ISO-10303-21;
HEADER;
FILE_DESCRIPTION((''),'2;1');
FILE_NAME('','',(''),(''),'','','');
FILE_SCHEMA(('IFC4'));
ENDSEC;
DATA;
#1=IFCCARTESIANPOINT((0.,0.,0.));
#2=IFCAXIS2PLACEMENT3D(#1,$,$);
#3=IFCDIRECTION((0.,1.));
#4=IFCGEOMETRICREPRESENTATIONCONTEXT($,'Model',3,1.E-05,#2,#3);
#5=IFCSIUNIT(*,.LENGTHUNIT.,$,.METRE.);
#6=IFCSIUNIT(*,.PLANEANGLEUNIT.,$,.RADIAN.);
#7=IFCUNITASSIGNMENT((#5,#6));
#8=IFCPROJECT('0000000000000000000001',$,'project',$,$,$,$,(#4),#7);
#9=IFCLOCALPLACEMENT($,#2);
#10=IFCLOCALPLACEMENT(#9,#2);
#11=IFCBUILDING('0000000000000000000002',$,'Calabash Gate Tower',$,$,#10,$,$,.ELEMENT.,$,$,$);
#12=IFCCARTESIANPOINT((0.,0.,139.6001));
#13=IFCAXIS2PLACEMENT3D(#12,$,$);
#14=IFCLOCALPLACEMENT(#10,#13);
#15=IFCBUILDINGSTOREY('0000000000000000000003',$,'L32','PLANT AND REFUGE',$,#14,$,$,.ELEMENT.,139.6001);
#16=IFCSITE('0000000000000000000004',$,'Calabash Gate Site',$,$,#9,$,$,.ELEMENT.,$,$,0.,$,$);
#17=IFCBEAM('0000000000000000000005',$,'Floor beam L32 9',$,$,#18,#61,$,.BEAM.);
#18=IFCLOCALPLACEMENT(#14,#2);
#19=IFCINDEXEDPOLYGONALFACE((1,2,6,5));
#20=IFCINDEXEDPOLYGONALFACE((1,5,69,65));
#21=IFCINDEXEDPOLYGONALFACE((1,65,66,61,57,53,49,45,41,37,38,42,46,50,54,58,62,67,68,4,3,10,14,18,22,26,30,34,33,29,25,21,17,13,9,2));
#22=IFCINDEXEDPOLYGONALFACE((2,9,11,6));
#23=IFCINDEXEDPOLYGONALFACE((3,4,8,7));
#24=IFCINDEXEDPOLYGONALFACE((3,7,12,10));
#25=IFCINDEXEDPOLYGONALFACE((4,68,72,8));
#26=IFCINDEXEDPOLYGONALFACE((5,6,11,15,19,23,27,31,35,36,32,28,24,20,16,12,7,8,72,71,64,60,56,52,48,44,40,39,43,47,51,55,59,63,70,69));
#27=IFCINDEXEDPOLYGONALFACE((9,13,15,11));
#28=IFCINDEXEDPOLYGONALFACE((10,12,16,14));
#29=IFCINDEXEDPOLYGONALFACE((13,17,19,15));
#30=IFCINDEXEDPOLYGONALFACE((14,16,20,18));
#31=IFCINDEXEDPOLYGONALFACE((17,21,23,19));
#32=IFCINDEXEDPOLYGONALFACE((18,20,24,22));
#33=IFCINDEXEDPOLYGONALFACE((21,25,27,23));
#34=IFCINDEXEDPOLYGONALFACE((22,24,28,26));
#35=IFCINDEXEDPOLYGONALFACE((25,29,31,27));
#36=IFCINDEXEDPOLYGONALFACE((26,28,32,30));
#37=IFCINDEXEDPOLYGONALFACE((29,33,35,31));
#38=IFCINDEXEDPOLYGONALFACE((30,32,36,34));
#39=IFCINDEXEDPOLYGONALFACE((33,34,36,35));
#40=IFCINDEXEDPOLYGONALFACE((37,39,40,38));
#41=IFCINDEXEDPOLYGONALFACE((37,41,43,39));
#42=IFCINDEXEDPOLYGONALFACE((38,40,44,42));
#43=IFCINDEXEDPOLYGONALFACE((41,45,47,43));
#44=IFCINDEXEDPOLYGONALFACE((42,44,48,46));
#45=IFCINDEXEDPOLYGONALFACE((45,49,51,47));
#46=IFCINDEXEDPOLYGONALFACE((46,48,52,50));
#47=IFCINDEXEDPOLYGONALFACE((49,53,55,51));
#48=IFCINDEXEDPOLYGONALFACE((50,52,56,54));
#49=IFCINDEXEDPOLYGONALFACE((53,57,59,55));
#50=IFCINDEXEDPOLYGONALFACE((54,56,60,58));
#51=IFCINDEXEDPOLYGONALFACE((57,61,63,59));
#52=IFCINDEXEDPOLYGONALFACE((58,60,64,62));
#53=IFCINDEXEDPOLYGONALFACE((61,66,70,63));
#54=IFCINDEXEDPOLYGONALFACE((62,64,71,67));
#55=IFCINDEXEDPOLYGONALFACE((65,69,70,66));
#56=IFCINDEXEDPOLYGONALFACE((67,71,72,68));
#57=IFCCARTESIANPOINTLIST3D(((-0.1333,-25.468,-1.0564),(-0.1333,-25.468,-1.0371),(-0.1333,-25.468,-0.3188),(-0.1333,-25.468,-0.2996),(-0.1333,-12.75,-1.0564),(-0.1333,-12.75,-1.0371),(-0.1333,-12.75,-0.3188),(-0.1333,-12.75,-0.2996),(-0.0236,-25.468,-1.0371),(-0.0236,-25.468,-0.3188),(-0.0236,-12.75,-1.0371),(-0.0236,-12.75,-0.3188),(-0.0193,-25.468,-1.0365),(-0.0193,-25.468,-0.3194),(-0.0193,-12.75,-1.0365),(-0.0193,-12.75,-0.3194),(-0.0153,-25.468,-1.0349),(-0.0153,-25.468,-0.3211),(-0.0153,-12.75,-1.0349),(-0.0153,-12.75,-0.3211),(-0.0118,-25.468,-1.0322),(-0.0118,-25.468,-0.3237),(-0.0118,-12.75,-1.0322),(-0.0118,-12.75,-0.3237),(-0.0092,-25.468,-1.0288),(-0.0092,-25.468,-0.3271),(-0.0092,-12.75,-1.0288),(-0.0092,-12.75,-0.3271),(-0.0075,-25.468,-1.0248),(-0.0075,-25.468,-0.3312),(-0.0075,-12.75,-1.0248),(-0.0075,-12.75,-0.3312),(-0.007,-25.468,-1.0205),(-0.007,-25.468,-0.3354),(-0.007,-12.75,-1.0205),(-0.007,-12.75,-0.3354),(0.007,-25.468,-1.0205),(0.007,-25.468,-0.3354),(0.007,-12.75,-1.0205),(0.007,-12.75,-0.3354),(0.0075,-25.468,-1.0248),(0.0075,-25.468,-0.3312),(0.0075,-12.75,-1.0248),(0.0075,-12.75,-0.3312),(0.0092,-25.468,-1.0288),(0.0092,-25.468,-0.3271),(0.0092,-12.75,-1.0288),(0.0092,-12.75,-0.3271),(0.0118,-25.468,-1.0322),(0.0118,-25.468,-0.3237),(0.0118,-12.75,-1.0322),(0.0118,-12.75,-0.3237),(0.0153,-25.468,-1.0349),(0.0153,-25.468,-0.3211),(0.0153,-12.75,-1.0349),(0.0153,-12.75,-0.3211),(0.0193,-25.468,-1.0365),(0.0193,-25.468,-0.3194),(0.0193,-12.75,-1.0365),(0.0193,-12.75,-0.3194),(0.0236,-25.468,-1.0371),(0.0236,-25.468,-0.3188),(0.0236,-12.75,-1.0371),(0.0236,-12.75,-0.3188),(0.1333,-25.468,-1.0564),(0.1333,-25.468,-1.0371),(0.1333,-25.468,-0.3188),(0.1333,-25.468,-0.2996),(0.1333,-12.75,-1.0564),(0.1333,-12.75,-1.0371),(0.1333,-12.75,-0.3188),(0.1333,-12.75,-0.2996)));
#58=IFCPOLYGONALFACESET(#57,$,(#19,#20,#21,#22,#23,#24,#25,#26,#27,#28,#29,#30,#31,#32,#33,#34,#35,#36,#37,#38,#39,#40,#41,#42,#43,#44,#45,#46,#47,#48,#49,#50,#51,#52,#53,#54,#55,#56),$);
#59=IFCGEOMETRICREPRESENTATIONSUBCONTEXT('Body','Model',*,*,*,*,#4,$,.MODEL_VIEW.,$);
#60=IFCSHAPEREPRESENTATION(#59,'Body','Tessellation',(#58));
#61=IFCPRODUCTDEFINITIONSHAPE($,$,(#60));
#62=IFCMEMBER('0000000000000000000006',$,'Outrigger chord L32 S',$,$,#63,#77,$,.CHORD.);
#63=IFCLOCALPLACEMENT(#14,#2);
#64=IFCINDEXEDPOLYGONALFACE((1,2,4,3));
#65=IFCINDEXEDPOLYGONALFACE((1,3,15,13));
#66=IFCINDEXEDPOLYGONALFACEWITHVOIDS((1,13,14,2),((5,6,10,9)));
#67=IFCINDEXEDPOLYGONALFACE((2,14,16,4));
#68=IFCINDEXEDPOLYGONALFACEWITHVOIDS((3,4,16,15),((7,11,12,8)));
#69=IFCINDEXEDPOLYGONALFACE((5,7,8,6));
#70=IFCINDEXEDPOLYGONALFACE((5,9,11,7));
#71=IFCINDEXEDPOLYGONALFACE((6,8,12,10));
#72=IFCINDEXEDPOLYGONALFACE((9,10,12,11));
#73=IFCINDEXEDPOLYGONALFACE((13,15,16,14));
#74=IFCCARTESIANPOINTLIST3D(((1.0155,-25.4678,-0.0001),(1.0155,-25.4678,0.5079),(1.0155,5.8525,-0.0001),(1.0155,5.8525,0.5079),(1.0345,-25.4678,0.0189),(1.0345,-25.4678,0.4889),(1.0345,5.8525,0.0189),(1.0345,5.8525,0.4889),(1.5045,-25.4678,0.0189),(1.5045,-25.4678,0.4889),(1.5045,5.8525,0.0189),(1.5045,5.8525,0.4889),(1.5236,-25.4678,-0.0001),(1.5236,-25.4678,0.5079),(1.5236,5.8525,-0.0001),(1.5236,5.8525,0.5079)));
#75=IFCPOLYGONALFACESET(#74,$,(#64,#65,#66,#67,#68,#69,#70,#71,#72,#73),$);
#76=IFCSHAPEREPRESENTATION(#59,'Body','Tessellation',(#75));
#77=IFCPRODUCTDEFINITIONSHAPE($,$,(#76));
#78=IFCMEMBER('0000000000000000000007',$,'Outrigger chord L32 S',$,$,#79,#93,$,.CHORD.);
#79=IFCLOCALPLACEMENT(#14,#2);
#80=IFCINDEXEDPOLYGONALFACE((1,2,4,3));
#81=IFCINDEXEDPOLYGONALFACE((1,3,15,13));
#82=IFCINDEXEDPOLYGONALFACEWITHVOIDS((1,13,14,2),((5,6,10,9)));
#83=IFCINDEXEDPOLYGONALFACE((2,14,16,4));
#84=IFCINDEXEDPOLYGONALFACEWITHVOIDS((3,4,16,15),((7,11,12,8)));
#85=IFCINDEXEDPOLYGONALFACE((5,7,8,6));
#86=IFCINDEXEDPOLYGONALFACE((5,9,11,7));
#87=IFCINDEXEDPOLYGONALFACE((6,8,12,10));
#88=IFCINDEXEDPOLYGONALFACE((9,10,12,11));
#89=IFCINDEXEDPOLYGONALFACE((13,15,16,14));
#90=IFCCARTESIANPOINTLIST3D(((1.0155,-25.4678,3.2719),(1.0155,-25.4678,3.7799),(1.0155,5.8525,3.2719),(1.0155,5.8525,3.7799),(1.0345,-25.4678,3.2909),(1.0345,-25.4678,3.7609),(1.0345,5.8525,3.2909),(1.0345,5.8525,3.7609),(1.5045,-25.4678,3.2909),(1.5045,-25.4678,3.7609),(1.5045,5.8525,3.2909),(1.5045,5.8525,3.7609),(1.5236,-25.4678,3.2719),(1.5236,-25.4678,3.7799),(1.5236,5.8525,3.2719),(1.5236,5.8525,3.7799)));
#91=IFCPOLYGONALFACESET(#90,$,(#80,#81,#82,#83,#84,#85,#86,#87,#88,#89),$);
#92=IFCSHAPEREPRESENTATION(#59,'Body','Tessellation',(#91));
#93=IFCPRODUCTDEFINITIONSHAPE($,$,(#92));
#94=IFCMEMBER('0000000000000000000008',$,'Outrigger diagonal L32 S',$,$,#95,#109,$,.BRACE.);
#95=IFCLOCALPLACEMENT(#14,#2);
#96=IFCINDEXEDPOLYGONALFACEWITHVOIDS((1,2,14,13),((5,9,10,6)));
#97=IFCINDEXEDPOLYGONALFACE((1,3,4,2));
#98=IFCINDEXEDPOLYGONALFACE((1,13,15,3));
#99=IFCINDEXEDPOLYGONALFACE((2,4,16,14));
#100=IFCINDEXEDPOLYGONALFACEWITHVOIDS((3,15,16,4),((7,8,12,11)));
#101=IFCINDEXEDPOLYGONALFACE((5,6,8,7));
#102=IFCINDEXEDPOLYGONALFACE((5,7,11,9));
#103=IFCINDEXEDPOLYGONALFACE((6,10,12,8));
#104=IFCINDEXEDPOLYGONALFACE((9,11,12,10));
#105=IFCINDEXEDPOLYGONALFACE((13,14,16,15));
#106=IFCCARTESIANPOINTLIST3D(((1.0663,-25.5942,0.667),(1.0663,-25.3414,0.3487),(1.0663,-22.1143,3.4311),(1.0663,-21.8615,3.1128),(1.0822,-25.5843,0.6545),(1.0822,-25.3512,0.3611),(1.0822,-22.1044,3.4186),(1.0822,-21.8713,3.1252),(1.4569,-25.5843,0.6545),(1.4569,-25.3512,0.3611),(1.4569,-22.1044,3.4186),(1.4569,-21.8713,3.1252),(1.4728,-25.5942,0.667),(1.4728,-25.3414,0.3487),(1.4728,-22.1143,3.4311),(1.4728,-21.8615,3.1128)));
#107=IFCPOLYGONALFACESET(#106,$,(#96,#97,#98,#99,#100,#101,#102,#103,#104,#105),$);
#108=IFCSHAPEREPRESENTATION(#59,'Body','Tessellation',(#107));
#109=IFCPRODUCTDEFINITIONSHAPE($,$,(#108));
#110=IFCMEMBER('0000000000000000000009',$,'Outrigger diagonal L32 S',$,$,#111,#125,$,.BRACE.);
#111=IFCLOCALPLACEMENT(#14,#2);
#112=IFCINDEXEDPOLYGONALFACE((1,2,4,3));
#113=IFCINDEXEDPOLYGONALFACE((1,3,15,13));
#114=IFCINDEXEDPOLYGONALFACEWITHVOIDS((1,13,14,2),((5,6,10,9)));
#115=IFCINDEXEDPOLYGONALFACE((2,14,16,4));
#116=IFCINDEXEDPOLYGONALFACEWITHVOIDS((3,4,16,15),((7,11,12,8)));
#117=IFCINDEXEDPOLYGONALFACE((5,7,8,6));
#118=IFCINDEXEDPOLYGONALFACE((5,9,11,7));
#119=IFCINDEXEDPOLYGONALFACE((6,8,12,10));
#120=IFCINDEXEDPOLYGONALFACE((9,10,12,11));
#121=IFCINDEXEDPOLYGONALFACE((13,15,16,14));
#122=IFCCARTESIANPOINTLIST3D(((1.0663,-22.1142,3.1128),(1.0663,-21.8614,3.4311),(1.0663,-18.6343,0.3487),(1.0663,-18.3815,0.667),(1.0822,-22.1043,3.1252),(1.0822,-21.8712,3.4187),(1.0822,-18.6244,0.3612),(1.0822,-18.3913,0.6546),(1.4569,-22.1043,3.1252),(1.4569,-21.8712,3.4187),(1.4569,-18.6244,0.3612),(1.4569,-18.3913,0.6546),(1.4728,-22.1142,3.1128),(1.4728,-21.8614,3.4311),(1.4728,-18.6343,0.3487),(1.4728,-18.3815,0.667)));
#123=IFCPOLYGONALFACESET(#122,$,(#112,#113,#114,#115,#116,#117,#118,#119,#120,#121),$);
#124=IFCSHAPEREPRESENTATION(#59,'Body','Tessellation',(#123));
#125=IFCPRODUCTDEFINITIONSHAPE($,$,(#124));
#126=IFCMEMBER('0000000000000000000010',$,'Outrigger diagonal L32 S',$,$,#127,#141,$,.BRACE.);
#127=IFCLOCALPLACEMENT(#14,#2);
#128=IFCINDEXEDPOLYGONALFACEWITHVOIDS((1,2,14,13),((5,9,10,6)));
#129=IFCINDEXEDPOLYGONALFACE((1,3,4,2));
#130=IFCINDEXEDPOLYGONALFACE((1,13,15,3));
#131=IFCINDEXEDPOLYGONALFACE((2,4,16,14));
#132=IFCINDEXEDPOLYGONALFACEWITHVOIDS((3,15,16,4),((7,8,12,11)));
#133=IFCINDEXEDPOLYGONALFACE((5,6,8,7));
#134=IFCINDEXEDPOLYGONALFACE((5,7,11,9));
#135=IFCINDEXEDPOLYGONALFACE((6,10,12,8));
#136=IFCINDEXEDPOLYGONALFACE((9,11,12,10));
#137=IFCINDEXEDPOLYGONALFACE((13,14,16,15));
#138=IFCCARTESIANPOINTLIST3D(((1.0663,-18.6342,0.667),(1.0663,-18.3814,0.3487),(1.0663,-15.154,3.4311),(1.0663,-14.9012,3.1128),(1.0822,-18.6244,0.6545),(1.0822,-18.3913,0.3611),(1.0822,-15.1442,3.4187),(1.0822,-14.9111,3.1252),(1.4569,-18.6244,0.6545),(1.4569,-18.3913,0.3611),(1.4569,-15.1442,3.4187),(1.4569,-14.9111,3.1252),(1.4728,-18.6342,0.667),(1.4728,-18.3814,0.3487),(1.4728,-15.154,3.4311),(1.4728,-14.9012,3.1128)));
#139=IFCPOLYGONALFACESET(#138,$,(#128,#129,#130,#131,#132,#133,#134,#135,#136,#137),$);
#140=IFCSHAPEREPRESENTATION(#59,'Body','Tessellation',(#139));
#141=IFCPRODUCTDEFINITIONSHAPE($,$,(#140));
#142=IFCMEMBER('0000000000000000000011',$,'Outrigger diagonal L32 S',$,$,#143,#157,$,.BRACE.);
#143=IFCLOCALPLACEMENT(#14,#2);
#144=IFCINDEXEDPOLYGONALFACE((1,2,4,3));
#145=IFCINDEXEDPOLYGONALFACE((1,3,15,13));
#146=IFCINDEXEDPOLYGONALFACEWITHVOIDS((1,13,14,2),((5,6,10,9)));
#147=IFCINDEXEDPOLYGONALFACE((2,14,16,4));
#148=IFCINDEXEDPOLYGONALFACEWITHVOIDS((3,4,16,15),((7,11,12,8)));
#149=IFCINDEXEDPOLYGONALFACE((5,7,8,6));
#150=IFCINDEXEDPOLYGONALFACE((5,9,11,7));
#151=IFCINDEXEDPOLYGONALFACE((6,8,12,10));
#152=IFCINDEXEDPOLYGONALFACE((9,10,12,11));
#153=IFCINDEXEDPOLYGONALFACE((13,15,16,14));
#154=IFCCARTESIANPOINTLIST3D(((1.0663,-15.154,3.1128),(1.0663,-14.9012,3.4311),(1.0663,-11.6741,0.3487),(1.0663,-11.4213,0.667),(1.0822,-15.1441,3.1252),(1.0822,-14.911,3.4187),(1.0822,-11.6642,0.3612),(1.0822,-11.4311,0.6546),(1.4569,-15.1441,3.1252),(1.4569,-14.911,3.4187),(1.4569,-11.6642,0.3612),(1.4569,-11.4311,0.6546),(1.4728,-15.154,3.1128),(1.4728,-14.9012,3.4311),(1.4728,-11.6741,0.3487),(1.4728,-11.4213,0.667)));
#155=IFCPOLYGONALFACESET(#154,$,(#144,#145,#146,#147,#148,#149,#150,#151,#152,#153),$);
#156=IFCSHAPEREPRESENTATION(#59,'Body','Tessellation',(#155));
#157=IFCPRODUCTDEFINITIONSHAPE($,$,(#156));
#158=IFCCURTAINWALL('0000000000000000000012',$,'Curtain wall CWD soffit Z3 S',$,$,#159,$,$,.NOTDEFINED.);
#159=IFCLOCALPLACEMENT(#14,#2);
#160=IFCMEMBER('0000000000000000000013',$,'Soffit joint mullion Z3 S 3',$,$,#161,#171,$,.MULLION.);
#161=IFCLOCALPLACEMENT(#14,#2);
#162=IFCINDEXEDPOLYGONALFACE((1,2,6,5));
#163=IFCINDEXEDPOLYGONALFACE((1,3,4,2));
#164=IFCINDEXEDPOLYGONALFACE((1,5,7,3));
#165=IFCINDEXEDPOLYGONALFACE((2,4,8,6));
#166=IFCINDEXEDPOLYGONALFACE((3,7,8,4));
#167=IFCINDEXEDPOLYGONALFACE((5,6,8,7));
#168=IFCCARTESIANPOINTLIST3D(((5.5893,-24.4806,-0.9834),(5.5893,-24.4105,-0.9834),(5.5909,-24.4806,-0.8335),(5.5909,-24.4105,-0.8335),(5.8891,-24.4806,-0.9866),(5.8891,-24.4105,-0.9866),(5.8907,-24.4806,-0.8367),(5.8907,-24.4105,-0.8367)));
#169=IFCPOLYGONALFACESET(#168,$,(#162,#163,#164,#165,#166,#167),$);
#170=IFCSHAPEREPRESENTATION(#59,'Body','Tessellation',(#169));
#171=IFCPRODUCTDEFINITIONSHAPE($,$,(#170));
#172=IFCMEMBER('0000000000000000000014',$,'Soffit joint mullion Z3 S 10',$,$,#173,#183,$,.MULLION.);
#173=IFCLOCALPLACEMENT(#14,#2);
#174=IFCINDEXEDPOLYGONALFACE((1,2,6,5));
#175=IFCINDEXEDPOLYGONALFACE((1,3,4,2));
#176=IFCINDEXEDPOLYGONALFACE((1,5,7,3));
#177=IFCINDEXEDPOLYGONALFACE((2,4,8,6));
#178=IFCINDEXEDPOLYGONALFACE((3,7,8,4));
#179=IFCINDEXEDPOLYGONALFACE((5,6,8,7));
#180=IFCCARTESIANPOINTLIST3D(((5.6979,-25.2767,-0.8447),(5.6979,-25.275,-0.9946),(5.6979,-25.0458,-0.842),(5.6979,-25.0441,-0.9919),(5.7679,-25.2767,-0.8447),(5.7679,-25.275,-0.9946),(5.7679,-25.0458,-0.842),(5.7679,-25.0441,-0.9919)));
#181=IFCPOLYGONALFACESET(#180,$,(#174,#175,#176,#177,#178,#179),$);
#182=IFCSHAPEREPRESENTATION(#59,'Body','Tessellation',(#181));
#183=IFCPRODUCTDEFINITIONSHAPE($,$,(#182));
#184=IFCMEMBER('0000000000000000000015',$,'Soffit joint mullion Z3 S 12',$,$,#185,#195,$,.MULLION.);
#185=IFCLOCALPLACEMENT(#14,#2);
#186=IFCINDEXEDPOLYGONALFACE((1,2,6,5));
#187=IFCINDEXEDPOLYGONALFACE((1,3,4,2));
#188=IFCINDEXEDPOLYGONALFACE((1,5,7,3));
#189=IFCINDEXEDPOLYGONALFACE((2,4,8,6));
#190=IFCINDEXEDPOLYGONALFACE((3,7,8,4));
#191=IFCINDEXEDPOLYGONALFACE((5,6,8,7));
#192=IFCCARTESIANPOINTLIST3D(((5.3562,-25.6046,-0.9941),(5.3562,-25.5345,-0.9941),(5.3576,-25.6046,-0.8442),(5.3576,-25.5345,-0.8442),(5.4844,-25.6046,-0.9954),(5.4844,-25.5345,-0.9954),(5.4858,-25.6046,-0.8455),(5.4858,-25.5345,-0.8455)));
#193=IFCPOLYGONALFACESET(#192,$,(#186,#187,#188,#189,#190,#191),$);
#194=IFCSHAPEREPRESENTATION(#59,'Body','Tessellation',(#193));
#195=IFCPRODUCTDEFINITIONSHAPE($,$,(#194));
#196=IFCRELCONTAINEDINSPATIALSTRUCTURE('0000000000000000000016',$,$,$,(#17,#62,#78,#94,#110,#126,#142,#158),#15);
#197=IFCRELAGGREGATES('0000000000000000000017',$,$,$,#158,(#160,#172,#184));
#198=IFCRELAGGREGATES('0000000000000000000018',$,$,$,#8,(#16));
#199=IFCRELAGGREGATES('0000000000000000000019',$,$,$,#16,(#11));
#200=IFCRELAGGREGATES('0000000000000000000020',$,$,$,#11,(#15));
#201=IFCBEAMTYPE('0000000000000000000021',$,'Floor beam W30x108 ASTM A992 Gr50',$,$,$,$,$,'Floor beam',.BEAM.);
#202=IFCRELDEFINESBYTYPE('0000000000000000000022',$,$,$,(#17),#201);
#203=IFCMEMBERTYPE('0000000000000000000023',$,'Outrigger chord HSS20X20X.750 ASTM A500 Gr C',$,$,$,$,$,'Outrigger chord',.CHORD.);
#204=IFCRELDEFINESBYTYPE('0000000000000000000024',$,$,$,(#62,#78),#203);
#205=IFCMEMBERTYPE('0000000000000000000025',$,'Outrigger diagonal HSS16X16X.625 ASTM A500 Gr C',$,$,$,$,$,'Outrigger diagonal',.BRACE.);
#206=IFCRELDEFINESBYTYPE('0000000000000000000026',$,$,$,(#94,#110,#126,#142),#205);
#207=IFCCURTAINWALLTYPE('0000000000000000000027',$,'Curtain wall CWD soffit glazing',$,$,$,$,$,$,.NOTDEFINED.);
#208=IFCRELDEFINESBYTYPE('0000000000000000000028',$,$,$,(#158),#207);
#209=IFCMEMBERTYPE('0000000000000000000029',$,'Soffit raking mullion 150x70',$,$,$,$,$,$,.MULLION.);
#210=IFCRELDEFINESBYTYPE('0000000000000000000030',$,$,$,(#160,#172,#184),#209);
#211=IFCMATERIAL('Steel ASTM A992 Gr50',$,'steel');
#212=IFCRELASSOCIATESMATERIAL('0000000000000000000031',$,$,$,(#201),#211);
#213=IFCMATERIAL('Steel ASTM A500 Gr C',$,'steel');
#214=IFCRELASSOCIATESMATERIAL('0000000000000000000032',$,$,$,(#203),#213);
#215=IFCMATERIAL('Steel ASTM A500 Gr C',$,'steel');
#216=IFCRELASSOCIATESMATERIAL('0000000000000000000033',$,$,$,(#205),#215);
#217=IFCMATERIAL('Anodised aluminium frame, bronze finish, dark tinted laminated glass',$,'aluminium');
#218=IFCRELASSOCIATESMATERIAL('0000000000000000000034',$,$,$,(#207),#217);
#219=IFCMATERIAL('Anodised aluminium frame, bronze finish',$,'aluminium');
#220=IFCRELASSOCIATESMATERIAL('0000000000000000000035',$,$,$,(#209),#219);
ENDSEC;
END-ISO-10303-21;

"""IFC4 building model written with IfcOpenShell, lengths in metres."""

from ifc_helpers import new_model, si_unit, direction, frame, origin, origin_2d, place, context, subcontext, project, spatial, rectangle, hollow_rectangle, i_section, extrude, material, material_profile, profile_set, type_object, element, aggregate, save


model = new_model("IFC4")

# Units and contexts
model_context = context("Model", 3, precision=1e-05, world=origin(), true_north=direction((0.0, 1.0)))
body_context = subcontext(model_context, "Body", "Model", "MODEL_VIEW")
ifc_project = project(units=[si_unit("LENGTHUNIT", "METRE"), si_unit("PLANEANGLEUNIT", "RADIAN")], contexts=[model_context])

# Site, building, storey
site_placement = place(None, origin())
site = spatial("IfcSite", under=ifc_project, at=site_placement, Name="Calabash Gate Site", CompositionType="ELEMENT", RefElevation=0.0)
building_placement = place(site_placement, origin())
building = spatial("IfcBuilding", under=site, at=building_placement, Name="Calabash Gate Tower", CompositionType="ELEMENT")
storey_placement = place(building_placement, frame((0.0, 0.0, 139.6001)))
storey = spatial("IfcBuildingStorey", under=building, at=storey_placement, Name="L32", Description="PLANT AND REFUGE", CompositionType="ELEMENT", Elevation=139.6001)

# Beam
ifc_material_1 = material(Name="Steel ASTM A992 Gr50", Category="steel")
ifc_material_profile_1 = material_profile(ifc_material_1, i_section(OverallWidth=0.2666, OverallDepth=0.7568, WebThickness=0.0139, FlangeThickness=0.0193, FilletRadius=0.0166, at=origin_2d()))
ifc_profile_set_1 = profile_set([ifc_material_profile_1], Name="Steel ASTM A992 Gr50")
beam_type = type_object("IfcBeamType", Name="Floor beam W30x108 ASTM A992 Gr50", ElementType="Floor beam", PredefinedType="BEAM", material=ifc_profile_set_1)
beam_placement = place(storey_placement, frame((0.0, -25.468, -0.678), z_axis=(0.0, 1.0, 0.0), x_axis=(-1.0, 0.0, 0.0)))
element("IfcBeam", 1, at=beam_placement, inside=storey, type_object=beam_type, Name="Floor beam L32 9", PredefinedType="BEAM", context=body_context, shape_type="SweptSolid", body=[
    extrude(i_section(OverallWidth=0.2666, OverallDepth=0.7568, WebThickness=0.0139, FlangeThickness=0.0193, FilletRadius=0.0166, at=origin_2d()), origin(), (0.0, 0.0, 1.0), 12.718),
])

# Members
ifc_material_2 = material(Name="Steel ASTM A500 Gr C", Category="steel")
ifc_material_profile_2 = material_profile(ifc_material_2, hollow_rectangle(XDim=0.5081, YDim=0.5081, WallThickness=0.019, at=origin_2d()))
ifc_profile_set_2 = profile_set([ifc_material_profile_2], Name="Steel ASTM A500 Gr C")
member_type_1 = type_object("IfcMemberType", Name="Outrigger chord HSS20X20X.750 ASTM A500 Gr C", ElementType="Outrigger chord", PredefinedType="CHORD", material=ifc_profile_set_2)
for number, where, z_axis, x_axis, name in (
    (2, (1.2695, -25.4678, 0.2539), (0.0, 1.0, 0.0), (-1.0, 0.0, 0.0), "Outrigger chord L32 S"),
    (3, (1.2695, -25.4678, 3.5259), (0.0, 1.0, 0.0), (-1.0, 0.0, 0.0), "Outrigger chord L32 S"),
):
    element("IfcMember", number, at=place(storey_placement, frame(where, z_axis=z_axis, x_axis=x_axis)), inside=storey, type_object=member_type_1, Name=name, PredefinedType="CHORD", context=body_context, shape_type="SweptSolid", body=[
        extrude(hollow_rectangle(XDim=0.5081, YDim=0.5081, WallThickness=0.019, at=origin_2d()), origin(), (0.0, 0.0, 1.0), 31.3203),
    ])
ifc_material_3 = material(Name="Steel ASTM A500 Gr C", Category="steel")
ifc_material_profile_3 = material_profile(ifc_material_3, hollow_rectangle(XDim=0.4065, YDim=0.4065, WallThickness=0.0159, at=origin_2d()))
ifc_profile_set_3 = profile_set([ifc_material_profile_3], Name="Steel ASTM A500 Gr C")
member_type_2 = type_object("IfcMemberType", Name="Outrigger diagonal HSS16X16X.625 ASTM A500 Gr C", ElementType="Outrigger diagonal", PredefinedType="BRACE", material=ifc_profile_set_3)
for number, where, z_axis, x_axis, name in (
    (4, (1.2695, -25.4678, 0.5078), (0.0, 0.78304, 0.621971), (-1.0, 0.0, 0.0), "Outrigger diagonal L32 S"),
    (5, (1.2695, -21.9878, 3.272), (0.0, 0.78304, -0.621971), (-1.0, 0.0, 0.0), "Outrigger diagonal L32 S"),
):
    element("IfcMember", number, at=place(storey_placement, frame(where, z_axis=z_axis, x_axis=x_axis)), inside=storey, type_object=member_type_2, Name=name, PredefinedType="BRACE", context=body_context, shape_type="SweptSolid", body=[
        extrude(hollow_rectangle(XDim=0.4065, YDim=0.4065, WallThickness=0.0159, at=origin_2d()), origin(), (0.0, 0.0, 1.0), 4.4441),
    ])
member_1_placement = place(storey_placement, frame((1.2695, -18.5078, 0.5078), z_axis=(0.0, 0.783061, 0.621945), x_axis=(-1.0, 0.0, 0.0)))
element("IfcMember", 6, at=member_1_placement, inside=storey, type_object=member_type_2, Name="Outrigger diagonal L32 S", PredefinedType="BRACE", context=body_context, shape_type="SweptSolid", body=[
    extrude(hollow_rectangle(XDim=0.4065, YDim=0.4065, WallThickness=0.0159, at=origin_2d()), origin(), (0.0, 0.0, 1.0), 4.4443),
])
member_2_placement = place(storey_placement, frame((1.2695, -15.0276, 3.272), z_axis=(0.0, 0.78304, -0.621971), x_axis=(-1.0, 0.0, 0.0)))
element("IfcMember", 7, at=member_2_placement, inside=storey, type_object=member_type_2, Name="Outrigger diagonal L32 S", PredefinedType="BRACE", context=body_context, shape_type="SweptSolid", body=[
    extrude(hollow_rectangle(XDim=0.4065, YDim=0.4065, WallThickness=0.0159, at=origin_2d()), origin(), (0.0, 0.0, 1.0), 4.4441),
])

# Curtain wall, members
ifc_material_4 = material(Name="Anodised aluminium frame, bronze finish, dark tinted laminated glass", Category="aluminium")
curtain_wall_type = type_object("IfcCurtainWallType", Name="Curtain wall CWD soffit glazing", PredefinedType="NOTDEFINED", material=ifc_material_4)
curtain_wall_placement = place(storey_placement, origin())
curtain_wall = element("IfcCurtainWall", 8, at=curtain_wall_placement, inside=storey, type_object=curtain_wall_type, Name="Curtain wall CWD soffit Z3 S", PredefinedType="NOTDEFINED")
ifc_material_5 = material(Name="Anodised aluminium frame, bronze finish", Category="aluminium")
ifc_material_profile_4 = material_profile(ifc_material_5, rectangle(XDim=0.1499, YDim=0.0701, at=origin_2d()))
ifc_profile_set_4 = profile_set([ifc_material_profile_4], Name="Anodised aluminium frame, bronze finish")
member_type_3 = type_object("IfcMemberType", Name="Soffit raking mullion 150x70", PredefinedType="MULLION", material=ifc_profile_set_4)
member_3_placement = place(storey_placement, frame((5.5901, -24.4456, -0.9084), z_axis=(0.999944, 0.0, -0.010586), x_axis=(0.010586, 0.0, 0.999944)))
member_3 = element("IfcMember", 9, at=member_3_placement, type_object=member_type_3, Name="Soffit joint mullion Z3 S 3", PredefinedType="MULLION", context=body_context, shape_type="SweptSolid", body=[
    extrude(rectangle(XDim=0.1499, YDim=0.0701, at=origin_2d()), origin(), (0.0, 0.0, 1.0), 0.2998),
])
member_4_placement = place(storey_placement, frame((5.7329, -25.0449, -0.917), z_axis=(0.0, -0.999932, -0.011627), x_axis=(0.0, -0.011627, 0.999932)))
member_4 = element("IfcMember", 10, at=member_4_placement, type_object=member_type_3, Name="Soffit joint mullion Z3 S 10", PredefinedType="MULLION", context=body_context, shape_type="SweptSolid", body=[
    extrude(rectangle(XDim=0.1499, YDim=0.0701, at=origin_2d()), origin(), (0.0, 0.0, 1.0), 0.231),
])
member_5_placement = place(storey_placement, frame((5.3569, -25.5696, -0.9192), z_axis=(0.999955, 0.0, -0.009523), x_axis=(0.009523, 0.0, 0.999955)))
member_5 = element("IfcMember", 11, at=member_5_placement, type_object=member_type_3, Name="Soffit joint mullion Z3 S 12", PredefinedType="MULLION", context=body_context, shape_type="SweptSolid", body=[
    extrude(rectangle(XDim=0.1499, YDim=0.0701, at=origin_2d()), origin(), (0.0, 0.0, 1.0), 0.1282),
])
aggregate(curtain_wall, [member_3, member_4, member_5])

save(model, "model.ifc")
